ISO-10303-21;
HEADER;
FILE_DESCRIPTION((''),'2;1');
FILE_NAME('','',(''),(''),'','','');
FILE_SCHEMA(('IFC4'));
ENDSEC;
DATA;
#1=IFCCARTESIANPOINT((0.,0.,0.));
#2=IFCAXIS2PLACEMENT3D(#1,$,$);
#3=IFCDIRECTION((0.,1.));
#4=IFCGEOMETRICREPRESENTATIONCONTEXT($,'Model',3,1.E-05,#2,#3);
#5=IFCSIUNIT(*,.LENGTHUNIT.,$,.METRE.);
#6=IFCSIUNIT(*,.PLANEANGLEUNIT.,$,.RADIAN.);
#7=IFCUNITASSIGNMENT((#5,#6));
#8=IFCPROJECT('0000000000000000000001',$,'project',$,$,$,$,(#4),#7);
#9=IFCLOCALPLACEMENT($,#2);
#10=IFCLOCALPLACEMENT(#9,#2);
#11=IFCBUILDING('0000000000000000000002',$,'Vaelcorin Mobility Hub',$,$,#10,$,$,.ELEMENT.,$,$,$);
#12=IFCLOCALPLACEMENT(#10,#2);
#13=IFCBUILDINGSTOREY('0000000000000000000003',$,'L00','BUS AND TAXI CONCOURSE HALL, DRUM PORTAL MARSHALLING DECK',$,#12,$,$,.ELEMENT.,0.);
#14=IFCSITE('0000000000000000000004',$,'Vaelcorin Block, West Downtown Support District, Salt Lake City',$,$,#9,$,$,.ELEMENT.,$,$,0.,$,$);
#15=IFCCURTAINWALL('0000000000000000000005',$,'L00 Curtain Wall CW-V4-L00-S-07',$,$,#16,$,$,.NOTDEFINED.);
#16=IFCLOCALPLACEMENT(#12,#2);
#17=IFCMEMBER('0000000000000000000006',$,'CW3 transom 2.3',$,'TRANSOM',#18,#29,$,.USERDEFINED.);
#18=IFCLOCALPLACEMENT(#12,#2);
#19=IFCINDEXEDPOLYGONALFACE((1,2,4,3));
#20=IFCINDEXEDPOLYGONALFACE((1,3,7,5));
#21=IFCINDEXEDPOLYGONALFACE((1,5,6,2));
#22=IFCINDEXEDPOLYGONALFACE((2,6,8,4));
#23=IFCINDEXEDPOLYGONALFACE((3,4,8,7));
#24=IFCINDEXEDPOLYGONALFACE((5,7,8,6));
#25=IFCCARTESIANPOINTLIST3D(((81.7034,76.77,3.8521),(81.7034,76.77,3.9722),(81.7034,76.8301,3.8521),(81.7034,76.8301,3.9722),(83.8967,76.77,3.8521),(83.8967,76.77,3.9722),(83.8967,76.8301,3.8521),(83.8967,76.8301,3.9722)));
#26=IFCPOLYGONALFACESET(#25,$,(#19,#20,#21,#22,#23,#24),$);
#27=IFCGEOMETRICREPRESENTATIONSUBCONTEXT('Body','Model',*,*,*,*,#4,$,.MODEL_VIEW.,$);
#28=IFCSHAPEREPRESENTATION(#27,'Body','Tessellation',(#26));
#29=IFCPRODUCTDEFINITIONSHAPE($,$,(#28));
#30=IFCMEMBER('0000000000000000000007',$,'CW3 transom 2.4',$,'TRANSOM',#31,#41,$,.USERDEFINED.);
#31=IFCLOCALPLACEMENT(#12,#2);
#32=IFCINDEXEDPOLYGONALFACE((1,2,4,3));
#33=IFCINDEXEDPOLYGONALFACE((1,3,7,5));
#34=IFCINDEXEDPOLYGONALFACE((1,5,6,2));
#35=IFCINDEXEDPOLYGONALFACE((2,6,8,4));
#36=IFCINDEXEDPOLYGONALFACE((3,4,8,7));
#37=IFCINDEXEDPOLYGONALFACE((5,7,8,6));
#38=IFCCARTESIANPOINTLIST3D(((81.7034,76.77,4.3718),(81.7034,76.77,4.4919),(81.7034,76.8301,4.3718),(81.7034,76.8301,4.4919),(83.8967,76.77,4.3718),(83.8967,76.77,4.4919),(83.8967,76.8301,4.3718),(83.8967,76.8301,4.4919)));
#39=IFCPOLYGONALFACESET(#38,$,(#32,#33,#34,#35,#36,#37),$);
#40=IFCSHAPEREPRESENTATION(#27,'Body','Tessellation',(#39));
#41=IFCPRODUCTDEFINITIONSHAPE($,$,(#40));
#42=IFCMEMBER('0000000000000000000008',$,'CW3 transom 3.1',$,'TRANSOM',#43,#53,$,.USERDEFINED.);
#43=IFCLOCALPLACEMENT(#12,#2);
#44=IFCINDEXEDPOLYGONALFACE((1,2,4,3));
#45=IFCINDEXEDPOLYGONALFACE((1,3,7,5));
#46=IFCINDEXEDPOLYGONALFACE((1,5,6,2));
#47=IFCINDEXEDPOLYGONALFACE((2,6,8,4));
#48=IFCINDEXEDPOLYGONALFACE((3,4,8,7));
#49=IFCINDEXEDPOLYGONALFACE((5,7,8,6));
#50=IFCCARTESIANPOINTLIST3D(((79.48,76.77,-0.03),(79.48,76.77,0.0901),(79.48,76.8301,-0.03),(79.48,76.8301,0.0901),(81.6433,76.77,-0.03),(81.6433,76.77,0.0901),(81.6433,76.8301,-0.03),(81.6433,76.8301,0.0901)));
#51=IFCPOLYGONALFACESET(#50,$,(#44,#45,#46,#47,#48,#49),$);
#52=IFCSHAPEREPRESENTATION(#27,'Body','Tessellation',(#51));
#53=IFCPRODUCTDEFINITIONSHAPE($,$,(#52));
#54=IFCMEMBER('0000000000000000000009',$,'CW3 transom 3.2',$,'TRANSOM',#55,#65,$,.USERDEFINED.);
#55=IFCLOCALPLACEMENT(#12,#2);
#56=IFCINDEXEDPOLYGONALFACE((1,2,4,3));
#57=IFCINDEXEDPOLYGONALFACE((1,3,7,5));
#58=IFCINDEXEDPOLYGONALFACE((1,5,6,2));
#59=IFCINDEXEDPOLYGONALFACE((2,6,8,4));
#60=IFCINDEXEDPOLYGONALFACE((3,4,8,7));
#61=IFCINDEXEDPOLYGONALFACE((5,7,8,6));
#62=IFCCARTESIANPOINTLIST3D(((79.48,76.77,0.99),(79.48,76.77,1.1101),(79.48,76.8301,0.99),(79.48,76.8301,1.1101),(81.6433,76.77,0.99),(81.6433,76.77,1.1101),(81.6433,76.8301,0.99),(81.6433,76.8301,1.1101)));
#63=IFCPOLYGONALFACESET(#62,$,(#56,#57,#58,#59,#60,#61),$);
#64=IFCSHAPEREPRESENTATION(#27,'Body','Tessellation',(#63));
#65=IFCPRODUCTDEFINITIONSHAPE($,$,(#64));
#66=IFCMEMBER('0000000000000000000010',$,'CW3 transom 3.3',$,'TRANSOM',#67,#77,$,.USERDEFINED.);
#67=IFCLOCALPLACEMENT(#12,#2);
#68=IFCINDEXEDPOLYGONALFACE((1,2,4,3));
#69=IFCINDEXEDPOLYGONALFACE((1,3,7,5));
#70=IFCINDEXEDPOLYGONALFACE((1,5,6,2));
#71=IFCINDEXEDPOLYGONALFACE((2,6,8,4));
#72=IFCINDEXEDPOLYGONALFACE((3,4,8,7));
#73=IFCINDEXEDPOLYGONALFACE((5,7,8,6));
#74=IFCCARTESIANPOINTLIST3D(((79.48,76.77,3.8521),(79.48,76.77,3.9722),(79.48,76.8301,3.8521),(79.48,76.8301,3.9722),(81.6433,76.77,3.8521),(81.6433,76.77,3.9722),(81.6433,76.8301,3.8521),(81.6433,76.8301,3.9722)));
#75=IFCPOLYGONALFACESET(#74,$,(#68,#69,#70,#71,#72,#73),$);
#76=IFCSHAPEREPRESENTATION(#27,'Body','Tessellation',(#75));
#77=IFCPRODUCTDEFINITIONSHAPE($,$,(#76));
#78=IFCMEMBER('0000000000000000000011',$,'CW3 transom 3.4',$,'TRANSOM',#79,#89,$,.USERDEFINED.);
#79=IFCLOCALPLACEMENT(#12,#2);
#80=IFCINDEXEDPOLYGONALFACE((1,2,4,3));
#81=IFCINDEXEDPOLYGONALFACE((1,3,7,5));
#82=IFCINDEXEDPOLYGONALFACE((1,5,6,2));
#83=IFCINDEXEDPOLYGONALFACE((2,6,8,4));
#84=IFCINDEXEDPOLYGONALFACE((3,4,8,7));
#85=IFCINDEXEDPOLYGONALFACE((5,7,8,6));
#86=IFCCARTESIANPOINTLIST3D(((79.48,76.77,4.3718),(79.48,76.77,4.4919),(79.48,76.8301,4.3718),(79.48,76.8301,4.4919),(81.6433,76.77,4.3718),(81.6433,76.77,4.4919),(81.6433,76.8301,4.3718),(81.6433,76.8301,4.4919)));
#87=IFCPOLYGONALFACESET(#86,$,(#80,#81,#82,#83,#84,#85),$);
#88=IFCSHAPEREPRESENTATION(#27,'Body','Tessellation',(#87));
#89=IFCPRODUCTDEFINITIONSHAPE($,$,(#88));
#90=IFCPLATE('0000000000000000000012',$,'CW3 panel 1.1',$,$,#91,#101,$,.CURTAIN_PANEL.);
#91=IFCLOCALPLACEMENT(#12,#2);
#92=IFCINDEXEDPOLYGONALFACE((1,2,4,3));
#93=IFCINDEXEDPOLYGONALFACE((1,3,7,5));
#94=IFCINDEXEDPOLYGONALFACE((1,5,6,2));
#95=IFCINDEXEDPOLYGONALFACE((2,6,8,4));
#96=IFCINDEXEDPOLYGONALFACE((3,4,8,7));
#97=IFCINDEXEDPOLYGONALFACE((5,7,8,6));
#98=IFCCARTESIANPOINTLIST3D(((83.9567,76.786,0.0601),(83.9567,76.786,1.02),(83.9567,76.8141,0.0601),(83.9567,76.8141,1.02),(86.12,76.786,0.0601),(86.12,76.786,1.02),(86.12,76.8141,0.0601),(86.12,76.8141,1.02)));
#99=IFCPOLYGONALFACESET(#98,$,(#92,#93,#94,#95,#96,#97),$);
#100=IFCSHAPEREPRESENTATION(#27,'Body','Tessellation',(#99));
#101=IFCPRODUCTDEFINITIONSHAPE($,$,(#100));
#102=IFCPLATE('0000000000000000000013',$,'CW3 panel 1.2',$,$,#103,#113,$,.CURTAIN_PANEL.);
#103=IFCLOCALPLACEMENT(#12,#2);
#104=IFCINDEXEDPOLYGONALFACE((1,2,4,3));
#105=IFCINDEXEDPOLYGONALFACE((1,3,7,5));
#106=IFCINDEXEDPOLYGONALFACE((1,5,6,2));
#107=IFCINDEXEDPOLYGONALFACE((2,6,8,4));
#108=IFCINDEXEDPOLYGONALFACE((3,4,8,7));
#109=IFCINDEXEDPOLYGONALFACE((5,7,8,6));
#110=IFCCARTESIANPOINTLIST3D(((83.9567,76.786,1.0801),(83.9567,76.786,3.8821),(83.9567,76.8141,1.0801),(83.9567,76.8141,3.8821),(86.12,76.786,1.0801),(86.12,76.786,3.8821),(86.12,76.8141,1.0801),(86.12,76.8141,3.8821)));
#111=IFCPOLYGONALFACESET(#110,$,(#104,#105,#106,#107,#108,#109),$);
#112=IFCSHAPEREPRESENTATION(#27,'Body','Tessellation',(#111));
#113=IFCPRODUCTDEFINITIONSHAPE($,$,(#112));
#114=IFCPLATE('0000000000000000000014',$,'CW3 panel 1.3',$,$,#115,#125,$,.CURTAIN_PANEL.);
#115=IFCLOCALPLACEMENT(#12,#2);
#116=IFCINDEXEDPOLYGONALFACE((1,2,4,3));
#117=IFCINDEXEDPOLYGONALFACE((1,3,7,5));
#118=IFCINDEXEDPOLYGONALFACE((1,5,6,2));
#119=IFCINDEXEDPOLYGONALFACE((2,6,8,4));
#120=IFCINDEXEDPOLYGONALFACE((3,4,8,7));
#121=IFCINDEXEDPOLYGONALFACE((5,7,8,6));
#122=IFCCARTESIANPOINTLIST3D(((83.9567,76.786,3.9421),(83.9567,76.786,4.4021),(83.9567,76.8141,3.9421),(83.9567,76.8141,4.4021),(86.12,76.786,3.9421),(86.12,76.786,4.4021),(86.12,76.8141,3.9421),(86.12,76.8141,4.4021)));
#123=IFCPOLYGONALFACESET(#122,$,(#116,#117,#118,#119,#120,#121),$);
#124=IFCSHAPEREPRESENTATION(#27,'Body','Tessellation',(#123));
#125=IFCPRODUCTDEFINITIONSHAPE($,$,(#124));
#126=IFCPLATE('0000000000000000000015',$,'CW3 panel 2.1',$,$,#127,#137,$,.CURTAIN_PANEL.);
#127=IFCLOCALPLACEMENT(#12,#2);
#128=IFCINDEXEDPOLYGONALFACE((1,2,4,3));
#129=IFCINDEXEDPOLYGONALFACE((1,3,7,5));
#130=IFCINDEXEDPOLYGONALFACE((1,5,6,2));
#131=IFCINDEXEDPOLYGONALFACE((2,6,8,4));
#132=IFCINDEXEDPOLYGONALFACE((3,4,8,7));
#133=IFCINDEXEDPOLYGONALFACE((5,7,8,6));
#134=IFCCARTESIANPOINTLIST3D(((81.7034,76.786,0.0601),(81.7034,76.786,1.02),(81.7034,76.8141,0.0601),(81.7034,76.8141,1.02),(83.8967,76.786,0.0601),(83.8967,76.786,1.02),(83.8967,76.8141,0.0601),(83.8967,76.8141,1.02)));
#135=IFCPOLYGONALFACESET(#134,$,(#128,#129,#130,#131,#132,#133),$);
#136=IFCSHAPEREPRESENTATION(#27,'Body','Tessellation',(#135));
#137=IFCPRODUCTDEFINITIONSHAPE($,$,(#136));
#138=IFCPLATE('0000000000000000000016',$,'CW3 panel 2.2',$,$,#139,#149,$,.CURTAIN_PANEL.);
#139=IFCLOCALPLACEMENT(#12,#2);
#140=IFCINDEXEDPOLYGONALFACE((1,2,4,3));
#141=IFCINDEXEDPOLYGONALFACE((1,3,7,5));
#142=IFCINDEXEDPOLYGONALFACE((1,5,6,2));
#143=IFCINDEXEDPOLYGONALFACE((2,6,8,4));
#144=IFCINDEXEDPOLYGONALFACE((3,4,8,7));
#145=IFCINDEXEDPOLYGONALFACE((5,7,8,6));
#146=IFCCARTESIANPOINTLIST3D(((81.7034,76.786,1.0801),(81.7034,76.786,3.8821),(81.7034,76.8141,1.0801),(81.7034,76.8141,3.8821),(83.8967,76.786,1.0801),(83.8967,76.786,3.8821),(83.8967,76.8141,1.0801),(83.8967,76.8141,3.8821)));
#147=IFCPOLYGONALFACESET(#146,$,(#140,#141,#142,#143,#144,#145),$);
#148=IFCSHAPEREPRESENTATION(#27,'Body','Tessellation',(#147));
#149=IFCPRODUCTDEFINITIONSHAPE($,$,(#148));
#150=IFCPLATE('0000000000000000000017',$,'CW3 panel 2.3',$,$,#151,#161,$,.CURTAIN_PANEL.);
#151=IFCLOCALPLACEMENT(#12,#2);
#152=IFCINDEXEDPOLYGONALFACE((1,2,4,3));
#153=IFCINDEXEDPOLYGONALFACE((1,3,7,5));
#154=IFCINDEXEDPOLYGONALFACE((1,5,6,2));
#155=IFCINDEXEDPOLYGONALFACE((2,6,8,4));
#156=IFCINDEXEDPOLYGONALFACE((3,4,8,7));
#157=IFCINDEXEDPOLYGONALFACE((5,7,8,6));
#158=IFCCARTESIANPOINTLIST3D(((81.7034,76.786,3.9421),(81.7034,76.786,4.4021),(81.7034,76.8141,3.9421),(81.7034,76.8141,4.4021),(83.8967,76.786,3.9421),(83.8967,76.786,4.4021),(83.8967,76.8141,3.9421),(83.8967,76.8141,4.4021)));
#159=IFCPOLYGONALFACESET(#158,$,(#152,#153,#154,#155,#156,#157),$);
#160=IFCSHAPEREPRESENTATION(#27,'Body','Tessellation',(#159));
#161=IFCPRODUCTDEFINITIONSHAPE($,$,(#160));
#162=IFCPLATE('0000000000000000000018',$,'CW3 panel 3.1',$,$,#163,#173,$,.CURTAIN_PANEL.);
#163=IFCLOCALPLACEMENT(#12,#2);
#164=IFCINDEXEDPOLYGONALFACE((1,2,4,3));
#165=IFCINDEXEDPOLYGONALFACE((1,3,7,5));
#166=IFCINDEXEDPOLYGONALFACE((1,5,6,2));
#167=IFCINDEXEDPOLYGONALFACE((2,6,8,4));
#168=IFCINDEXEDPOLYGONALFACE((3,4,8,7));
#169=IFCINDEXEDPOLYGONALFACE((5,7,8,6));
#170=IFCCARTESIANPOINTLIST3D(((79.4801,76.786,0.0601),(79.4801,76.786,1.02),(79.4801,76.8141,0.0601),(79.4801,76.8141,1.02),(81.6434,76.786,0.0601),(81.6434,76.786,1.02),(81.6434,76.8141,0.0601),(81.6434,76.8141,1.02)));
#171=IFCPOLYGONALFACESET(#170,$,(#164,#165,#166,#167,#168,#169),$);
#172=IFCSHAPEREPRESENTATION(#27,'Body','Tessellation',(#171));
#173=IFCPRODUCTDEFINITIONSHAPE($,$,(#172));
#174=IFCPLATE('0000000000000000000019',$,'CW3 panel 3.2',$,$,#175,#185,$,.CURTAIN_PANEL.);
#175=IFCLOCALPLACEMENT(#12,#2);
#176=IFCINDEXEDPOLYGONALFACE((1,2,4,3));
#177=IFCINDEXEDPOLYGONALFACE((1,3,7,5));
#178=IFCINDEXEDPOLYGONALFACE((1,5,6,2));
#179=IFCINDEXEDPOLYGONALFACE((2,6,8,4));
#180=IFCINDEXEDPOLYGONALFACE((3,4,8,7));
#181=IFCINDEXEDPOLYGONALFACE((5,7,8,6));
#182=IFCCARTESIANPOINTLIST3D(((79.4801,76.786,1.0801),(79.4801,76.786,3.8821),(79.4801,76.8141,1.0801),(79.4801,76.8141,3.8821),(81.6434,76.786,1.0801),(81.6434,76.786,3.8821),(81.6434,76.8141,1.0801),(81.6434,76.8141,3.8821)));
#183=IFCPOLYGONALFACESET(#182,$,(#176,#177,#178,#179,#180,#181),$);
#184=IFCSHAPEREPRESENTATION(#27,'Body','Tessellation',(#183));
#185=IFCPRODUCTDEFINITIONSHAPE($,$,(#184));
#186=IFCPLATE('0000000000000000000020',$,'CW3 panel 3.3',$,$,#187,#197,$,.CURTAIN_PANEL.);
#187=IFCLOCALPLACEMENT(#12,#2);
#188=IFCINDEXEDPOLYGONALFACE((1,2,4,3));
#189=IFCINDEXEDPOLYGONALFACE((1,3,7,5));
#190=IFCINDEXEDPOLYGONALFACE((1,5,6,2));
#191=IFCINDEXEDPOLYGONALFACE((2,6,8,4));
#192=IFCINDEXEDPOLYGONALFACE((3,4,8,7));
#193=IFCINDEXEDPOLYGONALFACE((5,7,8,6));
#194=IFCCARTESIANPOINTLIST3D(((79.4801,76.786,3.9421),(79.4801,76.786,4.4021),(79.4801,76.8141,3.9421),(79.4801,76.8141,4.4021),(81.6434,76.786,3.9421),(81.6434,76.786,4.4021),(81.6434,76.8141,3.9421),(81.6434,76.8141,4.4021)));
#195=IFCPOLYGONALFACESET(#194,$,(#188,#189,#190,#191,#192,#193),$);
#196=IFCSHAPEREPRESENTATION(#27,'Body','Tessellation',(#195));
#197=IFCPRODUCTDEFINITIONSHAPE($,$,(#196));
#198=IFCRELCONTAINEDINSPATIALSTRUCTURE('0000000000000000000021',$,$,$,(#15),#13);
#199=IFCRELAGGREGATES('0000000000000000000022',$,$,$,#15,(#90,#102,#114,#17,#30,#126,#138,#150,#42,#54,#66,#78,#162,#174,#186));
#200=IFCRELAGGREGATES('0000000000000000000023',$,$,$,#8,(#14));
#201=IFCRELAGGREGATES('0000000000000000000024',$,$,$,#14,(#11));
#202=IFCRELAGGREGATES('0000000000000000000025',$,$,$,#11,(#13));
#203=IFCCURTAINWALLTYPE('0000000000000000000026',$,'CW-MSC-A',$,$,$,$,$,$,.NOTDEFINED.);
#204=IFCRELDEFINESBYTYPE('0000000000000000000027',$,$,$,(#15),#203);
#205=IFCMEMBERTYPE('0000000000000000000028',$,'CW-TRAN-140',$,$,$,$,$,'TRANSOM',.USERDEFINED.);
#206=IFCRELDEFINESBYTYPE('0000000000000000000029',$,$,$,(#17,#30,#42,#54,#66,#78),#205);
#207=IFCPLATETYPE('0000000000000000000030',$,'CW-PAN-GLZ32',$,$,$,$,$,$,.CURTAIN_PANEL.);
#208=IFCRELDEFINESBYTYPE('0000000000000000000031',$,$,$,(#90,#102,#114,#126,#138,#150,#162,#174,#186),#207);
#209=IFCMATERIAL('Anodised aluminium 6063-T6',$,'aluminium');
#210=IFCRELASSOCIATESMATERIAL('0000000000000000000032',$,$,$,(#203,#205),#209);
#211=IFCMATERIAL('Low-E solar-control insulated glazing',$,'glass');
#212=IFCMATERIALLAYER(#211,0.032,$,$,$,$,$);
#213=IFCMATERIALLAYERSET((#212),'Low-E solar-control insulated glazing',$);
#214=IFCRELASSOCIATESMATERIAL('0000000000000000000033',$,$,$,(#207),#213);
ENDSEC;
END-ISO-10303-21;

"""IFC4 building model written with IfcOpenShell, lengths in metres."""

from ifc_helpers import new_model, si_unit, direction, frame, origin, origin_2d, place, context, subcontext, project, spatial, rectangle, extrude, material, layer, layer_set, material_profile, profile_set, type_object, element, aggregate, save


model = new_model("IFC4")

# Units and contexts
model_context = context("Model", 3, precision=1e-05, world=origin(), true_north=direction((0.0, 1.0)))
body_context = subcontext(model_context, "Body", "Model", "MODEL_VIEW")
ifc_project = project(units=[si_unit("LENGTHUNIT", "METRE"), si_unit("PLANEANGLEUNIT", "RADIAN")], contexts=[model_context])

# Site, building, storey
site_placement = place(None, origin())
site = spatial("IfcSite", under=ifc_project, at=site_placement, Name="Vaelcorin Block, West Downtown Support District, Salt Lake City", CompositionType="ELEMENT", RefElevation=0.0)
building_placement = place(site_placement, origin())
building = spatial("IfcBuilding", under=site, at=building_placement, Name="Vaelcorin Mobility Hub", CompositionType="ELEMENT")
storey_placement = place(building_placement, origin())
storey = spatial("IfcBuildingStorey", under=building, at=storey_placement, Name="L00", Description="BUS AND TAXI CONCOURSE HALL, DRUM PORTAL MARSHALLING DECK", CompositionType="ELEMENT", Elevation=0.0)

# Curtain wall, members, plates
ifc_material_1 = material(Name="Anodised aluminium 6063-T6", Category="aluminium")
curtain_wall_type = type_object("IfcCurtainWallType", Name="CW-MSC-A", PredefinedType="NOTDEFINED", material=ifc_material_1)
curtain_wall_placement = place(storey_placement, origin())
curtain_wall = element("IfcCurtainWall", 1, at=curtain_wall_placement, inside=storey, type_object=curtain_wall_type, Name="L00 Curtain Wall CW-V4-L00-S-07", PredefinedType="NOTDEFINED")
ifc_material_profile_1 = material_profile(ifc_material_1, rectangle(XDim=0.0601, YDim=0.1201, at=origin_2d()), Name="ALU-T60X120")
ifc_profile_set_1 = profile_set([ifc_material_profile_1], Name="Anodised aluminium 6063-T6")
member_type_1 = type_object("IfcMemberType", Name="CW-TRAN-140", ElementType="TRANSOM", PredefinedType="USERDEFINED", material=ifc_profile_set_1)
member_1_placement = place(storey_placement, frame((83.8967, 76.8, 3.9121), z_axis=(-1.0, 0.0, 0.0), x_axis=(0.0, -1.0, 0.0)))
member_1 = element("IfcMember", 2, at=member_1_placement, type_object=member_type_1, Name="CW3 transom 2.3", ObjectType="TRANSOM", PredefinedType="USERDEFINED", context=body_context, shape_type="SweptSolid", body=[
    extrude(rectangle(XDim=0.0601, YDim=0.1201, at=origin_2d()), origin(), (0.0, 0.0, 1.0), 2.1934),
])
member_2_placement = place(storey_placement, frame((83.8967, 76.8, 4.4319), z_axis=(-1.0, 0.0, 0.0), x_axis=(0.0, -1.0, 0.0)))
member_2 = element("IfcMember", 3, at=member_2_placement, type_object=member_type_1, Name="CW3 transom 2.4", ObjectType="TRANSOM", PredefinedType="USERDEFINED", context=body_context, shape_type="SweptSolid", body=[
    extrude(rectangle(XDim=0.0601, YDim=0.1201, at=origin_2d()), origin(), (0.0, 0.0, 1.0), 2.1934),
])
member_3_placement = place(storey_placement, frame((81.6433, 76.8, 0.03), z_axis=(-1.0, 0.0, 0.0), x_axis=(0.0, -1.0, 0.0)))
member_3 = element("IfcMember", 4, at=member_3_placement, type_object=member_type_1, Name="CW3 transom 3.1", ObjectType="TRANSOM", PredefinedType="USERDEFINED", context=body_context, shape_type="SweptSolid", body=[
    extrude(rectangle(XDim=0.0601, YDim=0.1201, at=origin_2d()), origin(), (0.0, 0.0, 1.0), 2.1633),
])
member_4_placement = place(storey_placement, frame((81.6433, 76.8, 1.05), z_axis=(-1.0, 0.0, 0.0), x_axis=(0.0, -1.0, 0.0)))
member_4 = element("IfcMember", 5, at=member_4_placement, type_object=member_type_1, Name="CW3 transom 3.2", ObjectType="TRANSOM", PredefinedType="USERDEFINED", context=body_context, shape_type="SweptSolid", body=[
    extrude(rectangle(XDim=0.0601, YDim=0.1201, at=origin_2d()), origin(), (0.0, 0.0, 1.0), 2.1633),
])
member_5_placement = place(storey_placement, frame((81.6433, 76.8, 3.9121), z_axis=(-1.0, 0.0, 0.0), x_axis=(0.0, -1.0, 0.0)))
member_5 = element("IfcMember", 6, at=member_5_placement, type_object=member_type_1, Name="CW3 transom 3.3", ObjectType="TRANSOM", PredefinedType="USERDEFINED", context=body_context, shape_type="SweptSolid", body=[
    extrude(rectangle(XDim=0.0601, YDim=0.1201, at=origin_2d()), origin(), (0.0, 0.0, 1.0), 2.1633),
])
member_6_placement = place(storey_placement, frame((81.6433, 76.8, 4.4319), z_axis=(-1.0, 0.0, 0.0), x_axis=(0.0, -1.0, 0.0)))
member_6 = element("IfcMember", 7, at=member_6_placement, type_object=member_type_1, Name="CW3 transom 3.4", ObjectType="TRANSOM", PredefinedType="USERDEFINED", context=body_context, shape_type="SweptSolid", body=[
    extrude(rectangle(XDim=0.0601, YDim=0.1201, at=origin_2d()), origin(), (0.0, 0.0, 1.0), 2.1633),
])
ifc_material_2 = material(Name="Low-E solar-control insulated glazing", Category="glass")
ifc_layer = layer(ifc_material_2, 0.032)
ifc_layer_set = layer_set([ifc_layer], Name="Low-E solar-control insulated glazing")
plate_type = type_object("IfcPlateType", Name="CW-PAN-GLZ32", PredefinedType="CURTAIN_PANEL", material=ifc_layer_set)
plate_1_placement = place(storey_placement, frame((85.0383, 76.8, 0.0601), z_axis=(0.0, 0.0, 1.0), x_axis=(-1.0, 0.0, 0.0)))
plate_1 = element("IfcPlate", 8, at=plate_1_placement, type_object=plate_type, Name="CW3 panel 1.1", PredefinedType="CURTAIN_PANEL", context=body_context, shape_type="SweptSolid", body=[
    extrude(rectangle(XDim=2.1633, YDim=0.0281, at=origin_2d()), origin(), (0.0, 0.0, 1.0), 0.96),
])
plate_2_placement = place(storey_placement, frame((85.0383, 76.8, 1.0801), z_axis=(0.0, 0.0, 1.0), x_axis=(-1.0, 0.0, 0.0)))
plate_2 = element("IfcPlate", 9, at=plate_2_placement, type_object=plate_type, Name="CW3 panel 1.2", PredefinedType="CURTAIN_PANEL", context=body_context, shape_type="SweptSolid", body=[
    extrude(rectangle(XDim=2.1633, YDim=0.0281, at=origin_2d()), origin(), (0.0, 0.0, 1.0), 2.802),
])
plate_3_placement = place(storey_placement, frame((85.0383, 76.8, 3.9421), z_axis=(0.0, 0.0, 1.0), x_axis=(-1.0, 0.0, 0.0)))
plate_3 = element("IfcPlate", 10, at=plate_3_placement, type_object=plate_type, Name="CW3 panel 1.3", PredefinedType="CURTAIN_PANEL", context=body_context, shape_type="SweptSolid", body=[
    extrude(rectangle(XDim=2.1633, YDim=0.0281, at=origin_2d()), origin(), (0.0, 0.0, 1.0), 0.46),
])
plate_4_placement = place(storey_placement, frame((82.8, 76.8, 0.0601), z_axis=(0.0, 0.0, 1.0), x_axis=(-1.0, 0.0, 0.0)))
plate_4 = element("IfcPlate", 11, at=plate_4_placement, type_object=plate_type, Name="CW3 panel 2.1", PredefinedType="CURTAIN_PANEL", context=body_context, shape_type="SweptSolid", body=[
    extrude(rectangle(XDim=2.1934, YDim=0.0281, at=origin_2d()), origin(), (0.0, 0.0, 1.0), 0.96),
])
plate_5_placement = place(storey_placement, frame((82.8, 76.8, 1.0801), z_axis=(0.0, 0.0, 1.0), x_axis=(-1.0, 0.0, 0.0)))
plate_5 = element("IfcPlate", 12, at=plate_5_placement, type_object=plate_type, Name="CW3 panel 2.2", PredefinedType="CURTAIN_PANEL", context=body_context, shape_type="SweptSolid", body=[
    extrude(rectangle(XDim=2.1934, YDim=0.0281, at=origin_2d()), origin(), (0.0, 0.0, 1.0), 2.802),
])
plate_6_placement = place(storey_placement, frame((82.8, 76.8, 3.9421), z_axis=(0.0, 0.0, 1.0), x_axis=(-1.0, 0.0, 0.0)))
plate_6 = element("IfcPlate", 13, at=plate_6_placement, type_object=plate_type, Name="CW3 panel 2.3", PredefinedType="CURTAIN_PANEL", context=body_context, shape_type="SweptSolid", body=[
    extrude(rectangle(XDim=2.1934, YDim=0.0281, at=origin_2d()), origin(), (0.0, 0.0, 1.0), 0.46),
])
plate_7_placement = place(storey_placement, frame((80.5618, 76.8, 0.0601), z_axis=(0.0, 0.0, 1.0), x_axis=(-1.0, 0.0, 0.0)))
plate_7 = element("IfcPlate", 14, at=plate_7_placement, type_object=plate_type, Name="CW3 panel 3.1", PredefinedType="CURTAIN_PANEL", context=body_context, shape_type="SweptSolid", body=[
    extrude(rectangle(XDim=2.1633, YDim=0.0281, at=origin_2d()), origin(), (0.0, 0.0, 1.0), 0.96),
])
plate_8_placement = place(storey_placement, frame((80.5618, 76.8, 1.0801), z_axis=(0.0, 0.0, 1.0), x_axis=(-1.0, 0.0, 0.0)))
plate_8 = element("IfcPlate", 15, at=plate_8_placement, type_object=plate_type, Name="CW3 panel 3.2", PredefinedType="CURTAIN_PANEL", context=body_context, shape_type="SweptSolid", body=[
    extrude(rectangle(XDim=2.1633, YDim=0.0281, at=origin_2d()), origin(), (0.0, 0.0, 1.0), 2.802),
])
plate_9_placement = place(storey_placement, frame((80.5618, 76.8, 3.9421), z_axis=(0.0, 0.0, 1.0), x_axis=(-1.0, 0.0, 0.0)))
plate_9 = element("IfcPlate", 16, at=plate_9_placement, type_object=plate_type, Name="CW3 panel 3.3", PredefinedType="CURTAIN_PANEL", context=body_context, shape_type="SweptSolid", body=[
    extrude(rectangle(XDim=2.1633, YDim=0.0281, at=origin_2d()), origin(), (0.0, 0.0, 1.0), 0.46),
])
aggregate(curtain_wall, [plate_1, plate_2, plate_3, member_1, member_2, plate_4, plate_5, plate_6, member_3, member_4, member_5, member_6, plate_7, plate_8, plate_9])

save(model, "model.ifc")
